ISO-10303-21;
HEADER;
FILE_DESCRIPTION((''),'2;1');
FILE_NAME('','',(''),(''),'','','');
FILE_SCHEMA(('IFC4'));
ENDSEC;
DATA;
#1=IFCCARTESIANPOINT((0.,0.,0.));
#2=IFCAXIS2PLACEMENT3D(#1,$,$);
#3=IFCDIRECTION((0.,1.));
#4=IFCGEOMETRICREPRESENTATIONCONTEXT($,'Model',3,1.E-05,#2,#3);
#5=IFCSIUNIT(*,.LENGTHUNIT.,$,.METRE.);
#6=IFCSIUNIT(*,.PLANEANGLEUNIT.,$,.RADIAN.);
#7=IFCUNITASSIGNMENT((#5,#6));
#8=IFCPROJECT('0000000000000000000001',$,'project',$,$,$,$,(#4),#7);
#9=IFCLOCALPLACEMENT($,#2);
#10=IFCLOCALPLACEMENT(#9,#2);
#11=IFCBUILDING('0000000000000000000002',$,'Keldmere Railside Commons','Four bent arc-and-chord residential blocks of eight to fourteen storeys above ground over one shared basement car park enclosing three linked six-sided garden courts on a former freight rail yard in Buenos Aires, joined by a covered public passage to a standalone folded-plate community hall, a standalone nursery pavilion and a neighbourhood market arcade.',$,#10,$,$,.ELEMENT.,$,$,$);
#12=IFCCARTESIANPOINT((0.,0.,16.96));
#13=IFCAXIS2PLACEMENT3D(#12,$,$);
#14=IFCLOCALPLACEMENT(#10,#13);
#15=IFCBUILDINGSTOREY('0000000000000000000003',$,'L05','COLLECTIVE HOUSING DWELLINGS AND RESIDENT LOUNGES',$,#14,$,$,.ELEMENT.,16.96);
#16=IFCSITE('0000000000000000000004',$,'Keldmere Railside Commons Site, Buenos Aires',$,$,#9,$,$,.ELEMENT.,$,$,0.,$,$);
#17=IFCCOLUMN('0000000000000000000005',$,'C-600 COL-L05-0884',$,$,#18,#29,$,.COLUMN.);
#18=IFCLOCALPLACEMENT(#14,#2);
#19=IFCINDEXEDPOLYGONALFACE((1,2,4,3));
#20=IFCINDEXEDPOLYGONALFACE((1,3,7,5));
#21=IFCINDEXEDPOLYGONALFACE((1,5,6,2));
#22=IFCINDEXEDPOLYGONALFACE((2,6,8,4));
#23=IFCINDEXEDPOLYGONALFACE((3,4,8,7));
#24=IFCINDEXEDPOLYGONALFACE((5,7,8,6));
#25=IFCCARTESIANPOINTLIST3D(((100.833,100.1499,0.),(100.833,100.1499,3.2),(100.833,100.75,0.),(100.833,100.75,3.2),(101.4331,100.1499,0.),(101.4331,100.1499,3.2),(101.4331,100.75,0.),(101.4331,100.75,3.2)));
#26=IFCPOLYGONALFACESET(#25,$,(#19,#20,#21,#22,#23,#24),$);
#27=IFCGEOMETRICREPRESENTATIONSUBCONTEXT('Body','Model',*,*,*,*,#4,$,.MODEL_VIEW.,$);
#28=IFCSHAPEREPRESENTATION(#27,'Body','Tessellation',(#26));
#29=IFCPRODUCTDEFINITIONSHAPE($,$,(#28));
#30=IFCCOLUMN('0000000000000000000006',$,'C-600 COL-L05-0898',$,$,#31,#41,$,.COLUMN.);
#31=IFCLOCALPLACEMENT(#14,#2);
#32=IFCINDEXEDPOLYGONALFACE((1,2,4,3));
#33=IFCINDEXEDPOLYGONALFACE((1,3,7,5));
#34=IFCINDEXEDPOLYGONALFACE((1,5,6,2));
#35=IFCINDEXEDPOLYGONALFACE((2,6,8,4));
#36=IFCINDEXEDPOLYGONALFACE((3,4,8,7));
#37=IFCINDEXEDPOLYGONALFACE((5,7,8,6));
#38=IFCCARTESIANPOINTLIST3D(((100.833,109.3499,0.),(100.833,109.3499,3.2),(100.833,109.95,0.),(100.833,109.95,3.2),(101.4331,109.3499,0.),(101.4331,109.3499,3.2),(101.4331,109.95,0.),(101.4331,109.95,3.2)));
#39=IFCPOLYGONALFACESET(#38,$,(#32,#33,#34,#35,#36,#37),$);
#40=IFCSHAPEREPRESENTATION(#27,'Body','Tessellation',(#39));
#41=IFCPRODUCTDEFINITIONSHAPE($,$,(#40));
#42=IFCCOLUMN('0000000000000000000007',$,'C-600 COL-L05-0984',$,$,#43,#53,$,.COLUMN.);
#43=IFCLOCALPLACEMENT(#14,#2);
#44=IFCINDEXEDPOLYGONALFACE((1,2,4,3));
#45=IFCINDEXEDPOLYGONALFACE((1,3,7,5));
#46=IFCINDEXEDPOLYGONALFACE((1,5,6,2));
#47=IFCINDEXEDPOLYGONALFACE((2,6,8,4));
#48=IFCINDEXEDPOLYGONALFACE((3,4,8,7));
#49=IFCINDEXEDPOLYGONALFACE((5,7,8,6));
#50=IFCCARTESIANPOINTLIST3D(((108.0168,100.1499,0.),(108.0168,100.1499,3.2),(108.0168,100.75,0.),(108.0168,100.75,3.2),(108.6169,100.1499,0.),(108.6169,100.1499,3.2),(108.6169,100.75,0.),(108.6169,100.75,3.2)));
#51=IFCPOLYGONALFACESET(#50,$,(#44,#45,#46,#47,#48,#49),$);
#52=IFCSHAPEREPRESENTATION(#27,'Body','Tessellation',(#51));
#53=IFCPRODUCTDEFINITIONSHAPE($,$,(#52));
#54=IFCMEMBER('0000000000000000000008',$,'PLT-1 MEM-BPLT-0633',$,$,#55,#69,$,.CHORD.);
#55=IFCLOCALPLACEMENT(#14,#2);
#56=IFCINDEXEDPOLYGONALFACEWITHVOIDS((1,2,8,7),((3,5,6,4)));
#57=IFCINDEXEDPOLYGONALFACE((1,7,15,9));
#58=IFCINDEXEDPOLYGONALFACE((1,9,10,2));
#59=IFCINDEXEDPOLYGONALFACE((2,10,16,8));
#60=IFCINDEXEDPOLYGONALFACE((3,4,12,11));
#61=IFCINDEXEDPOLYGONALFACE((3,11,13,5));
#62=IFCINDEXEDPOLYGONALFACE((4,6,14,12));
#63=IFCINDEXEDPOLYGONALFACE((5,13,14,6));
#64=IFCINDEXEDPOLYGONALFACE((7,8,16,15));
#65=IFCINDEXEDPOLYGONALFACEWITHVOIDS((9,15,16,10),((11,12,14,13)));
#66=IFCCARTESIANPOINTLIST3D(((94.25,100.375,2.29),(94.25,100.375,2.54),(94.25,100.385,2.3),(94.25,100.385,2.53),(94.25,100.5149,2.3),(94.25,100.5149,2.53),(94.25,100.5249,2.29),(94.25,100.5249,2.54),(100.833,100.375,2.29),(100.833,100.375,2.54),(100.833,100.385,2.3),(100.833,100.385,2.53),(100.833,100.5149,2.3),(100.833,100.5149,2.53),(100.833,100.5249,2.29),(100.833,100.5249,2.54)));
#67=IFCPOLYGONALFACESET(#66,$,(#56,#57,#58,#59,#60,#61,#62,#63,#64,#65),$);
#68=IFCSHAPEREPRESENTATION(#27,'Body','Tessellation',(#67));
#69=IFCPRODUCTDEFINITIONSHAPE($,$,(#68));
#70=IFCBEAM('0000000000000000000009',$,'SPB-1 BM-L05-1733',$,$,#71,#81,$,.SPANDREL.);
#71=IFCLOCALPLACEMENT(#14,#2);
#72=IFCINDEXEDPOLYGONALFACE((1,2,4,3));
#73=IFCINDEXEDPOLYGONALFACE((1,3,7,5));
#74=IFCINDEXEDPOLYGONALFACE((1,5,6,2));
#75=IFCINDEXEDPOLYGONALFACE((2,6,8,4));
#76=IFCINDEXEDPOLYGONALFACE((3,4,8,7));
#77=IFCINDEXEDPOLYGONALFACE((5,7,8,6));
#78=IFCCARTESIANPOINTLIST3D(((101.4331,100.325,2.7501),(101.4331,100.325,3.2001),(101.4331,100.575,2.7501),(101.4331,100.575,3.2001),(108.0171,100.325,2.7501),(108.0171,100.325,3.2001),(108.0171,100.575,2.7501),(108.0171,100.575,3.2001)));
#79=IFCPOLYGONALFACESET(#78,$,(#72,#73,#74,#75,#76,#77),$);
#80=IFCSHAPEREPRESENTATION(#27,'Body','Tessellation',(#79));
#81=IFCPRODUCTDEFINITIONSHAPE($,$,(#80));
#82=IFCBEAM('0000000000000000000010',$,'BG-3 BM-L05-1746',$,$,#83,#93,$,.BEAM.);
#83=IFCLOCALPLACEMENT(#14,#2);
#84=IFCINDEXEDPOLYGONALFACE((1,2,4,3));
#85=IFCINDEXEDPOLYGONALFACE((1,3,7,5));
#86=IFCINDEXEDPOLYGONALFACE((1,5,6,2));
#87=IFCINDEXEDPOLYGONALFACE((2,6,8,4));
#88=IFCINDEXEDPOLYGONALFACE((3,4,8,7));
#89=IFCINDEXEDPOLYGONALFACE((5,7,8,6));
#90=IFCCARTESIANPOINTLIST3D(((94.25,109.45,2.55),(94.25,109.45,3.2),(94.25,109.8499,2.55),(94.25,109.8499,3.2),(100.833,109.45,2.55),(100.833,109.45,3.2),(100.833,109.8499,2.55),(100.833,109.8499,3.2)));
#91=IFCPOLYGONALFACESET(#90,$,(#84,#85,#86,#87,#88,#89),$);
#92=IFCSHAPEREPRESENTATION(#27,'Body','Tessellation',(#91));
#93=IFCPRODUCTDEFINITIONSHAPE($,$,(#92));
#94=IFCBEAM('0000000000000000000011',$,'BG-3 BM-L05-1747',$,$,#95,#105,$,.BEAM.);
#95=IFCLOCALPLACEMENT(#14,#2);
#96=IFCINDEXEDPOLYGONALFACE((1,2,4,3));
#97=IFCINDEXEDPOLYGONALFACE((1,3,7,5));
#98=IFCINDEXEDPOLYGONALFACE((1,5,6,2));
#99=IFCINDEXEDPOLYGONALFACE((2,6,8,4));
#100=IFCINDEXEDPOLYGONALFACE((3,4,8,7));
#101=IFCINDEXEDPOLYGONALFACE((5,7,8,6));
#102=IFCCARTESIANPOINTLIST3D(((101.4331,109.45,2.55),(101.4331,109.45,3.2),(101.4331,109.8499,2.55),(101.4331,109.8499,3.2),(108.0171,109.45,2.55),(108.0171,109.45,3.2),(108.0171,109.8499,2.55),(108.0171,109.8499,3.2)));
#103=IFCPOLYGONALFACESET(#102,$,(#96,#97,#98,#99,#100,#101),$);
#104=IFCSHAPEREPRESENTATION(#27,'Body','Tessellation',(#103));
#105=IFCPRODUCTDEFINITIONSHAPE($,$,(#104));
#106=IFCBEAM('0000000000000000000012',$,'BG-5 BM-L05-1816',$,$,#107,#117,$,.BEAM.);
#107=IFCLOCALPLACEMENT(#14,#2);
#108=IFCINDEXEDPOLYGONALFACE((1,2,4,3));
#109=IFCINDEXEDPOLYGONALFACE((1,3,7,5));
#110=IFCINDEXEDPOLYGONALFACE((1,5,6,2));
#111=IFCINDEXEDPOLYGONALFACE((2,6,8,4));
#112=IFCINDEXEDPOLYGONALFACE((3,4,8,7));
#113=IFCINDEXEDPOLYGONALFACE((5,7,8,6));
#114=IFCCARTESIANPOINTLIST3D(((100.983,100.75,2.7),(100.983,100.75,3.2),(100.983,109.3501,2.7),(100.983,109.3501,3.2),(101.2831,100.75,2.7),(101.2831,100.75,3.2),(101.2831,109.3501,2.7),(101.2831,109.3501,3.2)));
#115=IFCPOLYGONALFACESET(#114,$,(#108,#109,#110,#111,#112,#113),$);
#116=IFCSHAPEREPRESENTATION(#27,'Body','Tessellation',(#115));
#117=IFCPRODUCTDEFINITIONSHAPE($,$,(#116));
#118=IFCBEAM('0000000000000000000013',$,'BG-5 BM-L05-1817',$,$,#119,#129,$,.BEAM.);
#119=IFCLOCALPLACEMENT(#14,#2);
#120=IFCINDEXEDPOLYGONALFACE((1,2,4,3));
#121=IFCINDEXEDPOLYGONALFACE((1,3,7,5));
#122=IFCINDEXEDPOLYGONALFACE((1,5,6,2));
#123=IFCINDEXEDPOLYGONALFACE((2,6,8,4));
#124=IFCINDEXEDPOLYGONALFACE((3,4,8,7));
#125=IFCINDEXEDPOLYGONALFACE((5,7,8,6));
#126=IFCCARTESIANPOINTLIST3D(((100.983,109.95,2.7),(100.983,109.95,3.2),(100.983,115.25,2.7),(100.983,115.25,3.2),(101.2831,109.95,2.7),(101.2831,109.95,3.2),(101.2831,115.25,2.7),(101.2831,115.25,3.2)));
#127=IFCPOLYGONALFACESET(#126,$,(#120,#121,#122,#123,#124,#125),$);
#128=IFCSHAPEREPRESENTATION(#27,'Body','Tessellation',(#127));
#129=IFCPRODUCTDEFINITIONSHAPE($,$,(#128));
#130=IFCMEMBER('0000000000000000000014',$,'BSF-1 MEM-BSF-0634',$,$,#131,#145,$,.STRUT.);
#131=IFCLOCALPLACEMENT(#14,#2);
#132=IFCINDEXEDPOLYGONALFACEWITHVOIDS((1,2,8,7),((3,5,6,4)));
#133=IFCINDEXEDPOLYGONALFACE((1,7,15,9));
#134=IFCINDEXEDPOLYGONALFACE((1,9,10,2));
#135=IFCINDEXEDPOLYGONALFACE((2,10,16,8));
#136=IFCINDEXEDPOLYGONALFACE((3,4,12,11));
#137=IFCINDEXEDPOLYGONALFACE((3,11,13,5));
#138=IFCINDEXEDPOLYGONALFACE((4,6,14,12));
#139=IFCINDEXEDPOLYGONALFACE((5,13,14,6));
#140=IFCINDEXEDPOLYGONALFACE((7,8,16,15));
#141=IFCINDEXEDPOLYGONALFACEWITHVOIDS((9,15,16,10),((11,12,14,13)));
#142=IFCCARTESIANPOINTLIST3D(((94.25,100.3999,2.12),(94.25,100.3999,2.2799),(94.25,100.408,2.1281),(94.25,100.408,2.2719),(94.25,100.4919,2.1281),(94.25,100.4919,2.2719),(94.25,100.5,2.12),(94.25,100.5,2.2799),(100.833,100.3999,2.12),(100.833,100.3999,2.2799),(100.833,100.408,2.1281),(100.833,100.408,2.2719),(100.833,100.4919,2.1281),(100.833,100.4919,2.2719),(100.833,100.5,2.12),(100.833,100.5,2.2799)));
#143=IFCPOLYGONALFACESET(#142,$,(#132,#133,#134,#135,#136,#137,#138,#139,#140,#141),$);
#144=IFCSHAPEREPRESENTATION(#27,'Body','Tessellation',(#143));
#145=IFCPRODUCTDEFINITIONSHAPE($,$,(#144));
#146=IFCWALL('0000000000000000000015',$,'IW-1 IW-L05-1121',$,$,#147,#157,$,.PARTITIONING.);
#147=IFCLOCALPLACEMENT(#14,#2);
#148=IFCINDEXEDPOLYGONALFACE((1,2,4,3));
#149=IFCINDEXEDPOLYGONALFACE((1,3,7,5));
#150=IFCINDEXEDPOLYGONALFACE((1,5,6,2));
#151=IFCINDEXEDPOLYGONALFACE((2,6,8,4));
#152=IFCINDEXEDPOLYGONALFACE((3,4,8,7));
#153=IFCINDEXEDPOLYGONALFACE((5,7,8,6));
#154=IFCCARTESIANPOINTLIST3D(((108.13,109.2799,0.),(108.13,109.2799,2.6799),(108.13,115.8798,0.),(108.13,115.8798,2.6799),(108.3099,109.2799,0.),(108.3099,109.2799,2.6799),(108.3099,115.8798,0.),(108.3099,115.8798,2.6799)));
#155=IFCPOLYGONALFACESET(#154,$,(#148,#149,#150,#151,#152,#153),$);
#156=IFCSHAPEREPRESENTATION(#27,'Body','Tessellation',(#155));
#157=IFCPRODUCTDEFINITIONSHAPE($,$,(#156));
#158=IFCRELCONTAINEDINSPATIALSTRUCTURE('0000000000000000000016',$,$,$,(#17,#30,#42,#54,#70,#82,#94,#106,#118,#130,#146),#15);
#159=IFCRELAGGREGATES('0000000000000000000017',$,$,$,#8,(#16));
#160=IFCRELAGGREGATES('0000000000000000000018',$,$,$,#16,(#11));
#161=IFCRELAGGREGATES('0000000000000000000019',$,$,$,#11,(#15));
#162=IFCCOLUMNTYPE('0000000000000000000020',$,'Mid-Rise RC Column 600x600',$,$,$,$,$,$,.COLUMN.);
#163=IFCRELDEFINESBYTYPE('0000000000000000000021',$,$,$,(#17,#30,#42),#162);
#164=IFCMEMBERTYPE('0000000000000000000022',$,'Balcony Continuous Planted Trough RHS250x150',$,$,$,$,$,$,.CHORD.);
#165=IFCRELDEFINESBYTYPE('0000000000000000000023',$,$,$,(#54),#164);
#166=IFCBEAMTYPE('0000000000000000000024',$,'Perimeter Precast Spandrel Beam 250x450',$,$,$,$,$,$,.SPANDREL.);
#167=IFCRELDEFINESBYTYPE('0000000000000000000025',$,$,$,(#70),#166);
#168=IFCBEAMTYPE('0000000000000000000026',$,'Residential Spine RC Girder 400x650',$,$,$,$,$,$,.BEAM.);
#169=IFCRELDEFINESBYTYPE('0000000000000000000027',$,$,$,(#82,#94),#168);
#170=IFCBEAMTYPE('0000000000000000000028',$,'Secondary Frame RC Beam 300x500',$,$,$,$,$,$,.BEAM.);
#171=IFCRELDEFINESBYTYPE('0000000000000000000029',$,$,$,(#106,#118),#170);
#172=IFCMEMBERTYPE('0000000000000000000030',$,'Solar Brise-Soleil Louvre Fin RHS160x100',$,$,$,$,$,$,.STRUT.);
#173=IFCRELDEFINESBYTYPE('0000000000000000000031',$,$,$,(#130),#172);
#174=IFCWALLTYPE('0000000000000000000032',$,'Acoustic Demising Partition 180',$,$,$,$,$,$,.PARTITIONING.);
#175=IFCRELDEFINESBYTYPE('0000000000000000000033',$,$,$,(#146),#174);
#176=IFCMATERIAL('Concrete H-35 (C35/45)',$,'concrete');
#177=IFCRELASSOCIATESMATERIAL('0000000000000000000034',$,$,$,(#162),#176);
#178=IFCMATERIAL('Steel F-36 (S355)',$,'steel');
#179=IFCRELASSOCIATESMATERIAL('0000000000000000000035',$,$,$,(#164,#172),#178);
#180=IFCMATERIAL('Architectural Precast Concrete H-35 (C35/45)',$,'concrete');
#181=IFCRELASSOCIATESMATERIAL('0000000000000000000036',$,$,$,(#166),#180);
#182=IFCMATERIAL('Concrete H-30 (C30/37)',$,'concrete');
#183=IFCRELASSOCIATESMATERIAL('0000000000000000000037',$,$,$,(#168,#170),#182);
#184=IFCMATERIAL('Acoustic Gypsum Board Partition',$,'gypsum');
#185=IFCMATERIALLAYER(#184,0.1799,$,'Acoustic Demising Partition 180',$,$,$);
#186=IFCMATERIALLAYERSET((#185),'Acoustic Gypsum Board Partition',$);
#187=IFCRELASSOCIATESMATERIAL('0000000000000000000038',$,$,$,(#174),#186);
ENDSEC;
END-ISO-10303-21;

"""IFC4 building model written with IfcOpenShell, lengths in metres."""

from ifc_helpers import new_model, si_unit, direction, frame, frame_2d, origin, origin_2d, place, context, subcontext, project, spatial, rectangle, hollow_rectangle, extrude, material, layer, layer_set, material_profile, profile_set, type_object, element, save


model = new_model("IFC4")

# Units and contexts
model_context = context("Model", 3, precision=1e-05, world=origin(), true_north=direction((0.0, 1.0)))
body_context = subcontext(model_context, "Body", "Model", "MODEL_VIEW")
ifc_project = project(units=[si_unit("LENGTHUNIT", "METRE"), si_unit("PLANEANGLEUNIT", "RADIAN")], contexts=[model_context])

# Site, building, storey
site_placement = place(None, origin())
site = spatial("IfcSite", under=ifc_project, at=site_placement, Name="Keldmere Railside Commons Site, Buenos Aires", CompositionType="ELEMENT", RefElevation=0.0)
building_placement = place(site_placement, origin())
building = spatial("IfcBuilding", under=site, at=building_placement, Name="Keldmere Railside Commons", Description="Four bent arc-and-chord residential blocks of eight to fourteen storeys above ground over one shared basement car park enclosing three linked six-sided garden courts on a former freight rail yard in Buenos Aires, joined by a covered public passage to a standalone folded-plate community hall, a standalone nursery pavilion and a neighbourhood market arcade.", CompositionType="ELEMENT")
storey_placement = place(building_placement, frame((0.0, 0.0, 16.96)))
storey = spatial("IfcBuildingStorey", under=building, at=storey_placement, Name="L05", Description="COLLECTIVE HOUSING DWELLINGS AND RESIDENT LOUNGES", CompositionType="ELEMENT", Elevation=16.96)

# Columns
ifc_material_1 = material(Name="Concrete H-35 (C35/45)", Category="concrete")
ifc_material_profile_1 = material_profile(ifc_material_1, rectangle(XDim=0.6001, YDim=0.6001, at=origin_2d()), Name="RC-600x600")
ifc_profile_set_1 = profile_set([ifc_material_profile_1], Name="Concrete H-35 (C35/45)")
column_type = type_object("IfcColumnType", Name="Mid-Rise RC Column 600x600", PredefinedType="COLUMN", material=ifc_profile_set_1)
for number, where, z_axis, x_axis, name in (
    (1, (101.1331, 100.45, 0.0), (0.0, 0.0, 1.0), (1.0, 0.0, 0.0), "C-600 COL-L05-0884"),
    (2, (101.1331, 109.6499, 0.0), (0.0, 0.0, 1.0), (1.0, 0.0, 0.0), "C-600 COL-L05-0898"),
    (3, (108.3169, 100.45, 0.0), (0.0, 0.0, 1.0), (1.0, 0.0, 0.0), "C-600 COL-L05-0984"),
):
    element("IfcColumn", number, at=place(storey_placement, frame(where, z_axis=z_axis, x_axis=x_axis)), inside=storey, type_object=column_type, Name=name, PredefinedType="COLUMN", context=body_context, shape_type="SweptSolid", body=[
        extrude(rectangle(XDim=0.6001, YDim=0.6001, at=origin_2d()), origin(), (0.0, 0.0, 1.0), 3.2),
    ])

# Member
ifc_material_2 = material(Name="Steel F-36 (S355)", Category="steel")
ifc_material_profile_2 = material_profile(ifc_material_2, hollow_rectangle(XDim=0.1499, YDim=0.25, WallThickness=0.01, at=origin_2d()), Name="RHS-250x150x10")
ifc_profile_set_2 = profile_set([ifc_material_profile_2], Name="Steel F-36 (S355)")
member_type_1 = type_object("IfcMemberType", Name="Balcony Continuous Planted Trough RHS250x150", PredefinedType="CHORD", material=ifc_profile_set_2)
member_1_placement = place(storey_placement, frame((94.25, 100.45, 2.415), z_axis=(1.0, 0.0, 0.0), x_axis=(0.0, 1.0, 0.0)))
element("IfcMember", 4, at=member_1_placement, inside=storey, type_object=member_type_1, Name="PLT-1 MEM-BPLT-0633", PredefinedType="CHORD", context=body_context, shape_type="SweptSolid", body=[
    extrude(hollow_rectangle(XDim=0.1499, YDim=0.25, WallThickness=0.01, at=origin_2d()), origin(), (0.0, 0.0, 1.0), 6.583),
])

# Beams
ifc_material_3 = material(Name="Architectural Precast Concrete H-35 (C35/45)", Category="concrete")
ifc_material_profile_3 = material_profile(ifc_material_3, rectangle(XDim=0.25, YDim=0.45, at=origin_2d()), Name="RC-250x450")
ifc_profile_set_3 = profile_set([ifc_material_profile_3], Name="Architectural Precast Concrete H-35 (C35/45)")
beam_type_1 = type_object("IfcBeamType", Name="Perimeter Precast Spandrel Beam 250x450", PredefinedType="SPANDREL", material=ifc_profile_set_3)
beam_1_placement = place(storey_placement, frame((101.4331, 100.45, 2.9751), z_axis=(1.0, 0.0, 0.0), x_axis=(0.0, 1.0, 0.0)))
element("IfcBeam", 5, at=beam_1_placement, inside=storey, type_object=beam_type_1, Name="SPB-1 BM-L05-1733", PredefinedType="SPANDREL", context=body_context, shape_type="SweptSolid", body=[
    extrude(rectangle(XDim=0.25, YDim=0.45, at=origin_2d()), origin(), (0.0, 0.0, 1.0), 6.584),
])
ifc_material_4 = material(Name="Concrete H-30 (C30/37)", Category="concrete")
ifc_material_profile_4 = material_profile(ifc_material_4, rectangle(XDim=0.3999, YDim=0.6499, at=origin_2d()), Name="RC-400x650")
ifc_profile_set_4 = profile_set([ifc_material_profile_4], Name="Concrete H-30 (C30/37)")
beam_type_2 = type_object("IfcBeamType", Name="Residential Spine RC Girder 400x650", PredefinedType="BEAM", material=ifc_profile_set_4)
beam_2_placement = place(storey_placement, frame((94.25, 109.6499, 2.875), z_axis=(1.0, 0.0, 0.0), x_axis=(0.0, 1.0, 0.0)))
element("IfcBeam", 6, at=beam_2_placement, inside=storey, type_object=beam_type_2, Name="BG-3 BM-L05-1746", PredefinedType="BEAM", context=body_context, shape_type="SweptSolid", body=[
    extrude(rectangle(XDim=0.3999, YDim=0.6499, at=origin_2d()), origin(), (0.0, 0.0, 1.0), 6.583),
])
beam_3_placement = place(storey_placement, frame((101.4331, 109.6499, 2.875), z_axis=(1.0, 0.0, 0.0), x_axis=(0.0, 1.0, 0.0)))
element("IfcBeam", 7, at=beam_3_placement, inside=storey, type_object=beam_type_2, Name="BG-3 BM-L05-1747", PredefinedType="BEAM", context=body_context, shape_type="SweptSolid", body=[
    extrude(rectangle(XDim=0.3999, YDim=0.6499, at=origin_2d()), origin(), (0.0, 0.0, 1.0), 6.584),
])
ifc_material_profile_5 = material_profile(ifc_material_4, rectangle(XDim=0.3, YDim=0.5, at=origin_2d()), Name="RC-300x500")
ifc_profile_set_5 = profile_set([ifc_material_profile_5], Name="Concrete H-30 (C30/37)")
beam_type_3 = type_object("IfcBeamType", Name="Secondary Frame RC Beam 300x500", PredefinedType="BEAM", material=ifc_profile_set_5)
beam_4_placement = place(storey_placement, frame((101.1331, 100.75, 2.95), z_axis=(0.0, 1.0, 0.0), x_axis=(-1.0, 0.0, 0.0)))
element("IfcBeam", 8, at=beam_4_placement, inside=storey, type_object=beam_type_3, Name="BG-5 BM-L05-1816", PredefinedType="BEAM", context=body_context, shape_type="SweptSolid", body=[
    extrude(rectangle(XDim=0.3, YDim=0.5, at=origin_2d()), origin(), (0.0, 0.0, 1.0), 8.6001),
])
beam_5_placement = place(storey_placement, frame((101.1331, 109.95, 2.95), z_axis=(0.0, 1.0, 0.0), x_axis=(-1.0, 0.0, 0.0)))
element("IfcBeam", 9, at=beam_5_placement, inside=storey, type_object=beam_type_3, Name="BG-5 BM-L05-1817", PredefinedType="BEAM", context=body_context, shape_type="SweptSolid", body=[
    extrude(rectangle(XDim=0.3, YDim=0.5, at=origin_2d()), origin(), (0.0, 0.0, 1.0), 5.3),
])

# Member
ifc_material_profile_6 = material_profile(ifc_material_2, hollow_rectangle(XDim=0.1001, YDim=0.1599, WallThickness=0.0081, at=origin_2d()), Name="RHS-160x100x8")
ifc_profile_set_6 = profile_set([ifc_material_profile_6], Name="Steel F-36 (S355)")
member_type_2 = type_object("IfcMemberType", Name="Solar Brise-Soleil Louvre Fin RHS160x100", PredefinedType="STRUT", material=ifc_profile_set_6)
member_2_placement = place(storey_placement, frame((94.25, 100.45, 2.2), z_axis=(1.0, 0.0, 0.0), x_axis=(0.0, 1.0, 0.0)))
element("IfcMember", 10, at=member_2_placement, inside=storey, type_object=member_type_2, Name="BSF-1 MEM-BSF-0634", PredefinedType="STRUT", context=body_context, shape_type="SweptSolid", body=[
    extrude(hollow_rectangle(XDim=0.1001, YDim=0.1599, WallThickness=0.0081, at=origin_2d()), origin(), (0.0, 0.0, 1.0), 6.583),
])

# Wall
ifc_material_5 = material(Name="Acoustic Gypsum Board Partition", Category="gypsum")
ifc_layer_1 = layer(ifc_material_5, 0.1799, Name="Acoustic Demising Partition 180")
ifc_layer_set_1 = layer_set([ifc_layer_1], Name="Acoustic Gypsum Board Partition")
wall_type_1 = type_object("IfcWallType", Name="Acoustic Demising Partition 180", PredefinedType="PARTITIONING", material=ifc_layer_set_1)
wall_1_placement = place(storey_placement, frame((108.22, 109.28, 0.0), z_axis=(0.0, 0.0, 1.0), x_axis=(0.0, 1.0, 0.0)))
element("IfcWall", 11, at=wall_1_placement, inside=storey, type_object=wall_type_1, Name="IW-1 IW-L05-1121", PredefinedType="PARTITIONING", context=body_context, shape_type="SweptSolid", body=[
    extrude(rectangle(XDim=6.5999, YDim=0.1799, at=frame_2d((3.2998, 0.0))), origin(), (0.0, 0.0, 1.0), 2.6799),
])

save(model, "model.ifc")
